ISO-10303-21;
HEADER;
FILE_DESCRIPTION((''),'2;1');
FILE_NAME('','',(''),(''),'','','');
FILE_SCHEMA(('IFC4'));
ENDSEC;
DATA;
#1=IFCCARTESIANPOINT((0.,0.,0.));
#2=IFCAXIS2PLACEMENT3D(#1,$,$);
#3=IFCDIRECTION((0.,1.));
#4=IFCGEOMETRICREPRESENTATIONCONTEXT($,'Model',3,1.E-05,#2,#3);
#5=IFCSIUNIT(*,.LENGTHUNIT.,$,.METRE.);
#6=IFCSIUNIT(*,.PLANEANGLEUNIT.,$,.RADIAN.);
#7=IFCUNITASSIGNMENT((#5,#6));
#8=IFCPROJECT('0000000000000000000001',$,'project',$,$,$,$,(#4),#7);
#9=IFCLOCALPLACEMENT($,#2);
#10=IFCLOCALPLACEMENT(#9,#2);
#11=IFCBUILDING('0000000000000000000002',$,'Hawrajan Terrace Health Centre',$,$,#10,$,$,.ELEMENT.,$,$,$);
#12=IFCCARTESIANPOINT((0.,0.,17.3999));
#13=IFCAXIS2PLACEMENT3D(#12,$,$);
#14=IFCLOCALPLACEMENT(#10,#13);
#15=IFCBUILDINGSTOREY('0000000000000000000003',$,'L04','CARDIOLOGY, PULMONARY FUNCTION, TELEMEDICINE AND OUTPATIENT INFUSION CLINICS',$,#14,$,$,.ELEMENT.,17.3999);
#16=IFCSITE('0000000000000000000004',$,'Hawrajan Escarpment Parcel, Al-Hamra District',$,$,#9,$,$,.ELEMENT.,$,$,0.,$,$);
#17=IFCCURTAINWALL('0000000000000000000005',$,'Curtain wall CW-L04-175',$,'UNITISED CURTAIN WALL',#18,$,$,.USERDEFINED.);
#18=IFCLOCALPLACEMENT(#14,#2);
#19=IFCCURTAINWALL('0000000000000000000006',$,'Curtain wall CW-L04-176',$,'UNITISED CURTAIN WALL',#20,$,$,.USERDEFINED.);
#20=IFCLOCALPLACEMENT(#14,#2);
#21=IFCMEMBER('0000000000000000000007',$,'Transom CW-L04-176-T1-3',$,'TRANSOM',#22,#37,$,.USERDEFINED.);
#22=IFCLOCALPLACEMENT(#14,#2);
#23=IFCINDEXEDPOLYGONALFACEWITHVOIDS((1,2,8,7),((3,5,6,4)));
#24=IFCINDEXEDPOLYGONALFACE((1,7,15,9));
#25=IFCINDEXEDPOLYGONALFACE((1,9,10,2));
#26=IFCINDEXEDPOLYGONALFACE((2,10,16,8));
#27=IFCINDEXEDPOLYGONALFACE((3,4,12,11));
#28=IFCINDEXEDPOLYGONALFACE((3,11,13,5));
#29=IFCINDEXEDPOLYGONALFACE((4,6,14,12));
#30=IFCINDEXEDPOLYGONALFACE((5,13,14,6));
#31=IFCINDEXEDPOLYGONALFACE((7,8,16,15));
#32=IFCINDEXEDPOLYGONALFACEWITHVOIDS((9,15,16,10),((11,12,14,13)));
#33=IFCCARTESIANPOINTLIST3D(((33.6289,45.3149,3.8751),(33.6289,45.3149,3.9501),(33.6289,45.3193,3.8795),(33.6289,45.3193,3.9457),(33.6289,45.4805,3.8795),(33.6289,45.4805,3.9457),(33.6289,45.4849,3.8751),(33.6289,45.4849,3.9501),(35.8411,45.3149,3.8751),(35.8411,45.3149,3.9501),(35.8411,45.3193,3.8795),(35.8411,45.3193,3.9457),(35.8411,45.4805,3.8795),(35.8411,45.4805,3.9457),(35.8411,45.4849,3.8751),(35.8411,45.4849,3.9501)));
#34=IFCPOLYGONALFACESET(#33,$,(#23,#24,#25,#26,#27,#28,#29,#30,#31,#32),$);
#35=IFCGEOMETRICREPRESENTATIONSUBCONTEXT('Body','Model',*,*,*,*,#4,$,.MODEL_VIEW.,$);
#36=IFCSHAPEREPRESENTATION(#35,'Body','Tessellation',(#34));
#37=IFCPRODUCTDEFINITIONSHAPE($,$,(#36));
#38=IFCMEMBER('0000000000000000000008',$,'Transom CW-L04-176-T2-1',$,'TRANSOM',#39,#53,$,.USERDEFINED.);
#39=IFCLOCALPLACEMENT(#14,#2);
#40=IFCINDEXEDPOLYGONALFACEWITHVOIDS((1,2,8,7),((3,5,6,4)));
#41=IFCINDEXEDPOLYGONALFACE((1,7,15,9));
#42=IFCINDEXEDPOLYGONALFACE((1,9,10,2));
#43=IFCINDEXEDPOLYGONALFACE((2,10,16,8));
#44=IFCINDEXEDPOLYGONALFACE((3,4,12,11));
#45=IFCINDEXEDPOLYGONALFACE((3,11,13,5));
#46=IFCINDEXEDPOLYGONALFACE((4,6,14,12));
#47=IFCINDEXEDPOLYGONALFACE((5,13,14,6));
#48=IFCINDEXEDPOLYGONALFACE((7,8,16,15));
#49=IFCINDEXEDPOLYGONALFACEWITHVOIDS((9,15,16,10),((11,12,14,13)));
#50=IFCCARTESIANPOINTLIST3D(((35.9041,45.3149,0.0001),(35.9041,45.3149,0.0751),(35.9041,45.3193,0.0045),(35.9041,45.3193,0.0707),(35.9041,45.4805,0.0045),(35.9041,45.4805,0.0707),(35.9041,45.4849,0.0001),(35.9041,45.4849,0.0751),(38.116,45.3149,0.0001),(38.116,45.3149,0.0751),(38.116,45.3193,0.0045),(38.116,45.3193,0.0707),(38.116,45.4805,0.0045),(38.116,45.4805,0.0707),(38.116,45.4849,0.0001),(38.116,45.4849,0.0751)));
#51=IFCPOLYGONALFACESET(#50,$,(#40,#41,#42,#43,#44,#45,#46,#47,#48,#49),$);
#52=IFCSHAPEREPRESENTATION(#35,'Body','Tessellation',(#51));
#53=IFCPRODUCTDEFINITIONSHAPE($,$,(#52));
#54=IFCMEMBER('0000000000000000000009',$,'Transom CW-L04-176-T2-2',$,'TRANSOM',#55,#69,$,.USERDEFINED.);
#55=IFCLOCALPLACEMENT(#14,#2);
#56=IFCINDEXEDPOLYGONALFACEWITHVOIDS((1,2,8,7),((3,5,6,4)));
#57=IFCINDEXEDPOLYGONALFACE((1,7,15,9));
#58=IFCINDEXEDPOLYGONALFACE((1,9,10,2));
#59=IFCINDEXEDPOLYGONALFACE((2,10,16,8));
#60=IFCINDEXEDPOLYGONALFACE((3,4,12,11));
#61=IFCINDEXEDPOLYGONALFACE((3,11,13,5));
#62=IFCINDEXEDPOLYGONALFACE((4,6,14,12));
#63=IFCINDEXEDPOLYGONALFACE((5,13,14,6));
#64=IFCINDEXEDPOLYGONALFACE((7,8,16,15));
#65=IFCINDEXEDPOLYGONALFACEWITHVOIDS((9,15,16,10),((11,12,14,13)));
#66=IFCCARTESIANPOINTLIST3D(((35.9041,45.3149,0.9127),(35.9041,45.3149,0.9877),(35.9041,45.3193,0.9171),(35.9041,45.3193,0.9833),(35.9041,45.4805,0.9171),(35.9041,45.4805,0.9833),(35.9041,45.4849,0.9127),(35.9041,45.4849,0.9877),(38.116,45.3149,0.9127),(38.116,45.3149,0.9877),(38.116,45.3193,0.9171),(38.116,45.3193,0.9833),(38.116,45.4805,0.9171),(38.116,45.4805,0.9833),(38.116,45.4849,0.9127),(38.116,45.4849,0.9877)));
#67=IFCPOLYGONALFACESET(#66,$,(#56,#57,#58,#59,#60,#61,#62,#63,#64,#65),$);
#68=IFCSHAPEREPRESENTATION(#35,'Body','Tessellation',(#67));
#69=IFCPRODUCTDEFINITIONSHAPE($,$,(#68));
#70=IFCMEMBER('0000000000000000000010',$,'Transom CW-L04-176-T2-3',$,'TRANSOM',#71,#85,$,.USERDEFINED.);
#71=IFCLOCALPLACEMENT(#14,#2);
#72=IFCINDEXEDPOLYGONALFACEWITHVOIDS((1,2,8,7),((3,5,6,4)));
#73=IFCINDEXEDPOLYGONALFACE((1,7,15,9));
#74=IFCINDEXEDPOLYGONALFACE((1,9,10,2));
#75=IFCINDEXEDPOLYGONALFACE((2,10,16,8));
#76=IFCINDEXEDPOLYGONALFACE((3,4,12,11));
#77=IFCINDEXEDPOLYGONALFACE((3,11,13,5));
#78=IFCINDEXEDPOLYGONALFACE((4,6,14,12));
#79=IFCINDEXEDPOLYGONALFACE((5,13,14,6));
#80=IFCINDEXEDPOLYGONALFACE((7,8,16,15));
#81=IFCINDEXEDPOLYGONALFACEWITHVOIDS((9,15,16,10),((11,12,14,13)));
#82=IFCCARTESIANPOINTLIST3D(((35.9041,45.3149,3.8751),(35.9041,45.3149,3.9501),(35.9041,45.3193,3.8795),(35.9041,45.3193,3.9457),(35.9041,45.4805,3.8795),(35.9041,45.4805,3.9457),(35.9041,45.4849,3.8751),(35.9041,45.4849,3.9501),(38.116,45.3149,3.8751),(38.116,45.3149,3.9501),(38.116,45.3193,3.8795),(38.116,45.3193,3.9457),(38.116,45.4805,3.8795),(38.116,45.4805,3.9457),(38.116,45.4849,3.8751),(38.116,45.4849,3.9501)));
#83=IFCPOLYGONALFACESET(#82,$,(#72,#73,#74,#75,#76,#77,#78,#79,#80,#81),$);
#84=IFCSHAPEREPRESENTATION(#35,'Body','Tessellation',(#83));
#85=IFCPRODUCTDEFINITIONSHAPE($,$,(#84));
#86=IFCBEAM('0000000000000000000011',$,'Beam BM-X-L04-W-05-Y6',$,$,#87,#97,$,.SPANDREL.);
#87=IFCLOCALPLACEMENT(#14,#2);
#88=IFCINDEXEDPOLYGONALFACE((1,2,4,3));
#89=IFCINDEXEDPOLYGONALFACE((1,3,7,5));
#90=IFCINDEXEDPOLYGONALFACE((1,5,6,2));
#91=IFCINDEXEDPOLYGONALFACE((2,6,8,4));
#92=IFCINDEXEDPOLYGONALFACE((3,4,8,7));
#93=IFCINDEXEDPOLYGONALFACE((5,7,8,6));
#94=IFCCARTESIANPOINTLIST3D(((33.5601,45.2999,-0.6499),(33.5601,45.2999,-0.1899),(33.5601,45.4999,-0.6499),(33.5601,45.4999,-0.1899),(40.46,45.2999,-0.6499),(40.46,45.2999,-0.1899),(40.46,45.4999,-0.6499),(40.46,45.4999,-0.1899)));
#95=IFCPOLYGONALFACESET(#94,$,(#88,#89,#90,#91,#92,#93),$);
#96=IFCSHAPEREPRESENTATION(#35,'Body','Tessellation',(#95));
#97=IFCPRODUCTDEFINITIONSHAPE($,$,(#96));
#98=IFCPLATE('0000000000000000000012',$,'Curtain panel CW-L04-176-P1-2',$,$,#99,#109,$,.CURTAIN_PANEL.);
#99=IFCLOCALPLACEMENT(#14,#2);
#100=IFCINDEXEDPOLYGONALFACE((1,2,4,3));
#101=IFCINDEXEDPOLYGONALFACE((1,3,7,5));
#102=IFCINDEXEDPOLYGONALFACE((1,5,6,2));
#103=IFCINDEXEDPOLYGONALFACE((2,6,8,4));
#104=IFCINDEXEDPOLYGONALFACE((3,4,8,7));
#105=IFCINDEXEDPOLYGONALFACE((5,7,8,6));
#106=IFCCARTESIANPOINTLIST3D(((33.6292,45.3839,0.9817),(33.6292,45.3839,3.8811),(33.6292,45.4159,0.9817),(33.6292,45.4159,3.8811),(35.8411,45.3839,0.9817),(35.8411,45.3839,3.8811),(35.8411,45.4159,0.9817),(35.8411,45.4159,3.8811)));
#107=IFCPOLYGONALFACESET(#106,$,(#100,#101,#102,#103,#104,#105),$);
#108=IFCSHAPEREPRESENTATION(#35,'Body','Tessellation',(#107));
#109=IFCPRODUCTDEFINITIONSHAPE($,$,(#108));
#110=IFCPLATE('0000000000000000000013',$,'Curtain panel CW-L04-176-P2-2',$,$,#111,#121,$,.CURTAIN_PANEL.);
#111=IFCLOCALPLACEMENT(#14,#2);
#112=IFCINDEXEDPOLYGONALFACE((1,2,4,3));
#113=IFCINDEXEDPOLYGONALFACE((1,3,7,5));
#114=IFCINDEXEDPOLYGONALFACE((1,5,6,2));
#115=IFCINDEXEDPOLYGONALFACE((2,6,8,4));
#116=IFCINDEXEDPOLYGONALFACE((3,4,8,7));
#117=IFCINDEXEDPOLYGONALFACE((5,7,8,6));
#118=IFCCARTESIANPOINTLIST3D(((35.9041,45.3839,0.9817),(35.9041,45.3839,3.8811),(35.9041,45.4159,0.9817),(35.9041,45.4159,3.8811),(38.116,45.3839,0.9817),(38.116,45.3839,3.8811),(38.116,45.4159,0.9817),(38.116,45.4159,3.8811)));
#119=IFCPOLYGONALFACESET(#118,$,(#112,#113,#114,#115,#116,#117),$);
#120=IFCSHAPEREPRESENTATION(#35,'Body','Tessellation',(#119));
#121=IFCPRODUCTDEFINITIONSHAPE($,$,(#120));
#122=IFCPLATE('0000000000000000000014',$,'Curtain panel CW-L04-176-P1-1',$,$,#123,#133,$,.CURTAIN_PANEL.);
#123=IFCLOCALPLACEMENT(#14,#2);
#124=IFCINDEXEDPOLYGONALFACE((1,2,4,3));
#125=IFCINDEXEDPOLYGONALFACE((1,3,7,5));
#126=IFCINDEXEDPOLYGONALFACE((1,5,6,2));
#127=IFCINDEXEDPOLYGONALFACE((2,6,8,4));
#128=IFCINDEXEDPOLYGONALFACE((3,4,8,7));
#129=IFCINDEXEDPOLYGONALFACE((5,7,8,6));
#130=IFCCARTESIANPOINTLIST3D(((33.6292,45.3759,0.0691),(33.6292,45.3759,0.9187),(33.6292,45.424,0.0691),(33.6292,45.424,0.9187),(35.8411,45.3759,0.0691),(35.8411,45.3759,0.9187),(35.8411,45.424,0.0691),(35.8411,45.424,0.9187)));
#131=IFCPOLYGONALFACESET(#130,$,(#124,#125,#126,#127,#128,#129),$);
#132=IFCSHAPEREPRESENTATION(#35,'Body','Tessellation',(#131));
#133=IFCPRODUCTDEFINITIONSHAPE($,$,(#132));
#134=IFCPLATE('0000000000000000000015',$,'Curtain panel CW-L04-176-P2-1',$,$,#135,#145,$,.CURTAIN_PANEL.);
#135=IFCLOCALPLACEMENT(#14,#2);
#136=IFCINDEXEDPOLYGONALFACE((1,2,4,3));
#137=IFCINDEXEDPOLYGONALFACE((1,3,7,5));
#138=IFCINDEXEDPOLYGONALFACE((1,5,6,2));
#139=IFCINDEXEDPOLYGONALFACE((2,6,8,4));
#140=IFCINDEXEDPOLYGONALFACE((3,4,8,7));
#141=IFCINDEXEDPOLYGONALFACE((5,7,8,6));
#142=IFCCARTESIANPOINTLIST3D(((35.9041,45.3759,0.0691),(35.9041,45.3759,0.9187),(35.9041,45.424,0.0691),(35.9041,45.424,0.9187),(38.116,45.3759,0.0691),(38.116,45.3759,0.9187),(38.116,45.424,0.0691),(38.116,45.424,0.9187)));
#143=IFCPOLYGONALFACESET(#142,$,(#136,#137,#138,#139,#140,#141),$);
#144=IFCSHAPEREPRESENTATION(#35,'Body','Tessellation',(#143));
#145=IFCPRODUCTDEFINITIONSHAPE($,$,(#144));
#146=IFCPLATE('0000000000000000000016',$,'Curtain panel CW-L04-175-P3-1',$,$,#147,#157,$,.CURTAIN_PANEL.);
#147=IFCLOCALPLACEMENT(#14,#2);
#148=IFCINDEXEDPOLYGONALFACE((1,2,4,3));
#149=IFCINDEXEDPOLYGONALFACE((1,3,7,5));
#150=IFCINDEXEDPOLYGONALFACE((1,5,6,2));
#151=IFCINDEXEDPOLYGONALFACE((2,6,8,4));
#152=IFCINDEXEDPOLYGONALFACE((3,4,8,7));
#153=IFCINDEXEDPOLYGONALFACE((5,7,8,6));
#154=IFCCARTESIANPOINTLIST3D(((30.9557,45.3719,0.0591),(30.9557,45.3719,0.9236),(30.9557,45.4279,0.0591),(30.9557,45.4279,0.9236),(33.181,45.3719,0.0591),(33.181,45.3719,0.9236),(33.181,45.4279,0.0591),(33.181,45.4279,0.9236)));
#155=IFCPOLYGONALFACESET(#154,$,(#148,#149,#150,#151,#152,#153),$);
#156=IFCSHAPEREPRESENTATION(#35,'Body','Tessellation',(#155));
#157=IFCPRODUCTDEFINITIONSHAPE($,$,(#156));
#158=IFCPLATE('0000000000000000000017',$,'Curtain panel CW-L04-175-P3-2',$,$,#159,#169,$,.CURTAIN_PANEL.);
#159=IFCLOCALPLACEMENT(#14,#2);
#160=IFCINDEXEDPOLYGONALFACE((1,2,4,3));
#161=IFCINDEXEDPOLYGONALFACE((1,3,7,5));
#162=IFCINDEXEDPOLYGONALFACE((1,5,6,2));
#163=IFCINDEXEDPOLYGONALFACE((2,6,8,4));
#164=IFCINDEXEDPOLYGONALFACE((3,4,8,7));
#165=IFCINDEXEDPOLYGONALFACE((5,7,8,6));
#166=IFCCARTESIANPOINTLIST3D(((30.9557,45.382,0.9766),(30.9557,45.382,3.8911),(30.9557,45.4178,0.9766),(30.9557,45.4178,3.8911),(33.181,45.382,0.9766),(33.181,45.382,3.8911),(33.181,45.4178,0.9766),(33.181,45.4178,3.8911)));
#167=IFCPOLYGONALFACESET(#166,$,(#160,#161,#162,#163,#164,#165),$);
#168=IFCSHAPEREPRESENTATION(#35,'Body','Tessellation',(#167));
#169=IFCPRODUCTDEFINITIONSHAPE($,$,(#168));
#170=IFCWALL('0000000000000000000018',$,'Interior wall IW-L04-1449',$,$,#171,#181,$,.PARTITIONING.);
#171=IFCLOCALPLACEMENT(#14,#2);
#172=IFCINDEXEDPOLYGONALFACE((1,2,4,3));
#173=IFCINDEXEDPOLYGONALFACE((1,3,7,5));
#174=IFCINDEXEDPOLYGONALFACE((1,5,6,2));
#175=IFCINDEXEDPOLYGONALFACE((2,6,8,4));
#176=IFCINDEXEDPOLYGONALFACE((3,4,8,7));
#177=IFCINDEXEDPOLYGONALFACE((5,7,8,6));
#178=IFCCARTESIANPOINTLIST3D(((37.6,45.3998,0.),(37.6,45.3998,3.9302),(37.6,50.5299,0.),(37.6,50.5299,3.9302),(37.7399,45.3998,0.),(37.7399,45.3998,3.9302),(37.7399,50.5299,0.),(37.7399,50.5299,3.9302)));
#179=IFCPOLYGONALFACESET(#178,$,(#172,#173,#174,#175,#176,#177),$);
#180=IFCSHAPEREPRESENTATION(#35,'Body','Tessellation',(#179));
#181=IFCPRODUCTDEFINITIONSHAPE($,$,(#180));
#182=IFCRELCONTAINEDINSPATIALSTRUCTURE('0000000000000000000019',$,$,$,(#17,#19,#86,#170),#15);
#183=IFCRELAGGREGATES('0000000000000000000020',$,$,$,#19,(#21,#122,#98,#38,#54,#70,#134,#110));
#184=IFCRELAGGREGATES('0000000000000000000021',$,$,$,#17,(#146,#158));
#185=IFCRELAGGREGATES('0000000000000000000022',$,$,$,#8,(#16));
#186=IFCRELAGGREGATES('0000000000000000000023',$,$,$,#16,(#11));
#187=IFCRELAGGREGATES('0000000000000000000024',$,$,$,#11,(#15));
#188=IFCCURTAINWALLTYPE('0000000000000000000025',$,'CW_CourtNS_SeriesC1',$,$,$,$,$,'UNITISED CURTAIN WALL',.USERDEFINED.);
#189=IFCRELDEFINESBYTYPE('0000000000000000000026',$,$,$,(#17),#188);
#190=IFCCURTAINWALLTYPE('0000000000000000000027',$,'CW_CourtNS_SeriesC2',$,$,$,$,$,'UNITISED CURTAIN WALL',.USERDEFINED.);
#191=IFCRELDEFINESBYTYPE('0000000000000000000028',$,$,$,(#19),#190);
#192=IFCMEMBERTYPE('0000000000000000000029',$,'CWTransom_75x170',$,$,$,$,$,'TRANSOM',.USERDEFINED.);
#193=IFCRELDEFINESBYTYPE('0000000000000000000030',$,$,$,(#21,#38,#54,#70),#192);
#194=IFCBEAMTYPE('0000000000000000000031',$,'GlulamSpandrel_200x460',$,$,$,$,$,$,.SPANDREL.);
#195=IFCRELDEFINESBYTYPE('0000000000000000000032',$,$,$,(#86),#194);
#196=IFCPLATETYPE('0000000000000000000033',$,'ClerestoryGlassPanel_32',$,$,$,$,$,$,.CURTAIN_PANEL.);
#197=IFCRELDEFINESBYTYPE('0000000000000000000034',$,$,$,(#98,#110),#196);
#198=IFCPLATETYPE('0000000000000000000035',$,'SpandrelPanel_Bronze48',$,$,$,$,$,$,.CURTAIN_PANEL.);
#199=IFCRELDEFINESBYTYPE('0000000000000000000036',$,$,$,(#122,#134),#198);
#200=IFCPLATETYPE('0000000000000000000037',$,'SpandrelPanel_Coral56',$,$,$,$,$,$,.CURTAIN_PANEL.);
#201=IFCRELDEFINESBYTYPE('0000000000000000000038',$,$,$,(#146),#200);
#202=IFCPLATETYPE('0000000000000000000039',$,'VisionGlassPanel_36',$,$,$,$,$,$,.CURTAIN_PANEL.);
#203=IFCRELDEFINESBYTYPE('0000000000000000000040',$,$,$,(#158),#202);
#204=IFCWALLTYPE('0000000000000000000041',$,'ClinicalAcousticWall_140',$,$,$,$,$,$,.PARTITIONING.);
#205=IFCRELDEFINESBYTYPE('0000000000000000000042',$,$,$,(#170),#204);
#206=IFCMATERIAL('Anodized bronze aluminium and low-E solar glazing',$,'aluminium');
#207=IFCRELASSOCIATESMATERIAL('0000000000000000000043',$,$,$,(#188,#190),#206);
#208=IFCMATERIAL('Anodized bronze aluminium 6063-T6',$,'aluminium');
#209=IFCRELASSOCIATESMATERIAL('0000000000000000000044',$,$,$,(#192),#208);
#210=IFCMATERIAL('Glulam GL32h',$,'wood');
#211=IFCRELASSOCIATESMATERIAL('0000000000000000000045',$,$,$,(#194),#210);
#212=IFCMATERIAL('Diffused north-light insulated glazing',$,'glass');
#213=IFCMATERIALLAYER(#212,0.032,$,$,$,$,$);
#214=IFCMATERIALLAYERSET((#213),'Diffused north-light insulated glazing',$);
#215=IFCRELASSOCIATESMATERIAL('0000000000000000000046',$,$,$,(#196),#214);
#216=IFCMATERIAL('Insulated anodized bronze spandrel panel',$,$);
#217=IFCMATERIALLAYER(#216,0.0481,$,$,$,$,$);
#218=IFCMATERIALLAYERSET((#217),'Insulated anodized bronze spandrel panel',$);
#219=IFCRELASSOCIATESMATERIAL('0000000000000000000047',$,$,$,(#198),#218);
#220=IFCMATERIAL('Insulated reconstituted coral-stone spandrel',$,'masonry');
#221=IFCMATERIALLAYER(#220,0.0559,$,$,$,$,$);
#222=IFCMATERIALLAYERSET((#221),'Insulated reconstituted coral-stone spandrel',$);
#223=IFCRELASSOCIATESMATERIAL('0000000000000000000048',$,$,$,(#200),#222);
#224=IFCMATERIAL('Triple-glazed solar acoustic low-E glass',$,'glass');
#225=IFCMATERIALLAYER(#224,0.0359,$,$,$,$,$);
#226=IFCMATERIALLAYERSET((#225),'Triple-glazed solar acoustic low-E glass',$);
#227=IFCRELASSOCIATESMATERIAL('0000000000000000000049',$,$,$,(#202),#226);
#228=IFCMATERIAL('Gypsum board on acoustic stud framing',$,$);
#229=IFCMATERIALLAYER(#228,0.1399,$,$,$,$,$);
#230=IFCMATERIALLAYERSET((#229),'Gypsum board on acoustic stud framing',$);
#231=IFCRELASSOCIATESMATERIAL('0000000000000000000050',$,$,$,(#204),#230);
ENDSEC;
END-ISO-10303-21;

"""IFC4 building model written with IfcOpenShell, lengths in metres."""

from ifc_helpers import new_model, si_unit, direction, frame, frame_2d, origin, origin_2d, place, context, subcontext, project, spatial, rectangle, hollow_rectangle, extrude, material, layer, layer_set, material_profile, profile_set, type_object, element, aggregate, save


model = new_model("IFC4")

# Units and contexts
model_context = context("Model", 3, precision=1e-05, world=origin(), true_north=direction((0.0, 1.0)))
body_context = subcontext(model_context, "Body", "Model", "MODEL_VIEW")
ifc_project = project(units=[si_unit("LENGTHUNIT", "METRE"), si_unit("PLANEANGLEUNIT", "RADIAN")], contexts=[model_context])

# Site, building, storey
site_placement = place(None, origin())
site = spatial("IfcSite", under=ifc_project, at=site_placement, Name="Hawrajan Escarpment Parcel, Al-Hamra District", CompositionType="ELEMENT", RefElevation=0.0)
building_placement = place(site_placement, origin())
building = spatial("IfcBuilding", under=site, at=building_placement, Name="Hawrajan Terrace Health Centre", CompositionType="ELEMENT")
storey_placement = place(building_placement, frame((0.0, 0.0, 17.3999)))
storey = spatial("IfcBuildingStorey", under=building, at=storey_placement, Name="L04", Description="CARDIOLOGY, PULMONARY FUNCTION, TELEMEDICINE AND OUTPATIENT INFUSION CLINICS", CompositionType="ELEMENT", Elevation=17.3999)

# Shared definitions
ifc_material_1 = material(Name="Glulam GL32h", Category="wood")

# Curtain wall
ifc_material_2 = material(Name="Anodized bronze aluminium and low-E solar glazing", Category="aluminium")
curtain_wall_type_1 = type_object("IfcCurtainWallType", Name="CW_CourtNS_SeriesC1", ElementType="UNITISED CURTAIN WALL", PredefinedType="USERDEFINED", material=ifc_material_2)
curtain_wall_1_placement = place(storey_placement, origin())
curtain_wall_1 = element("IfcCurtainWall", 1, at=curtain_wall_1_placement, inside=storey, type_object=curtain_wall_type_1, Name="Curtain wall CW-L04-175", ObjectType="UNITISED CURTAIN WALL", PredefinedType="USERDEFINED")
ifc_material_3 = material(Name="Anodized bronze aluminium 6063-T6", Category="aluminium")

# Curtain wall
curtain_wall_type_2 = type_object("IfcCurtainWallType", Name="CW_CourtNS_SeriesC2", ElementType="UNITISED CURTAIN WALL", PredefinedType="USERDEFINED", material=ifc_material_2)
curtain_wall_2_placement = place(storey_placement, origin())
curtain_wall_2 = element("IfcCurtainWall", 2, at=curtain_wall_2_placement, inside=storey, type_object=curtain_wall_type_2, Name="Curtain wall CW-L04-176", ObjectType="UNITISED CURTAIN WALL", PredefinedType="USERDEFINED")

# Members
ifc_material_profile_1 = material_profile(ifc_material_3, hollow_rectangle(XDim=0.075, YDim=0.1699, WallThickness=0.0044, at=origin_2d()), Name="CW TRN 75x170")
ifc_profile_set_1 = profile_set([ifc_material_profile_1], Name="Anodized bronze aluminium 6063-T6")
member_type_1 = type_object("IfcMemberType", Name="CWTransom_75x170", ElementType="TRANSOM", PredefinedType="USERDEFINED", material=ifc_profile_set_1)
member_1_placement = place(storey_placement, frame((33.6289, 45.3999, 3.9126), z_axis=(1.0, 0.0, 0.0), x_axis=(0.0, 0.0, 1.0)))
member_1 = element("IfcMember", 3, at=member_1_placement, type_object=member_type_1, Name="Transom CW-L04-176-T1-3", ObjectType="TRANSOM", PredefinedType="USERDEFINED", context=body_context, shape_type="SweptSolid", body=[
    extrude(hollow_rectangle(XDim=0.075, YDim=0.1699, WallThickness=0.0044, at=origin_2d()), origin(), (0.0, 0.0, 1.0), 2.2122),
])
member_2_placement = place(storey_placement, frame((35.9041, 45.3999, 0.0376), z_axis=(1.0, 0.0, 0.0), x_axis=(0.0, 0.0, 1.0)))
member_2 = element("IfcMember", 4, at=member_2_placement, type_object=member_type_1, Name="Transom CW-L04-176-T2-1", ObjectType="TRANSOM", PredefinedType="USERDEFINED", context=body_context, shape_type="SweptSolid", body=[
    extrude(hollow_rectangle(XDim=0.075, YDim=0.1699, WallThickness=0.0044, at=origin_2d()), origin(), (0.0, 0.0, 1.0), 2.2119),
])
member_3_placement = place(storey_placement, frame((35.9041, 45.3999, 0.9502), z_axis=(1.0, 0.0, 0.0), x_axis=(0.0, 0.0, 1.0)))
member_3 = element("IfcMember", 5, at=member_3_placement, type_object=member_type_1, Name="Transom CW-L04-176-T2-2", ObjectType="TRANSOM", PredefinedType="USERDEFINED", context=body_context, shape_type="SweptSolid", body=[
    extrude(hollow_rectangle(XDim=0.075, YDim=0.1699, WallThickness=0.0044, at=origin_2d()), origin(), (0.0, 0.0, 1.0), 2.2119),
])
member_4_placement = place(storey_placement, frame((35.9041, 45.3999, 3.9126), z_axis=(1.0, 0.0, 0.0), x_axis=(0.0, 0.0, 1.0)))
member_4 = element("IfcMember", 6, at=member_4_placement, type_object=member_type_1, Name="Transom CW-L04-176-T2-3", ObjectType="TRANSOM", PredefinedType="USERDEFINED", context=body_context, shape_type="SweptSolid", body=[
    extrude(hollow_rectangle(XDim=0.075, YDim=0.1699, WallThickness=0.0044, at=origin_2d()), origin(), (0.0, 0.0, 1.0), 2.2119),
])

# Beam
ifc_material_profile_2 = material_profile(ifc_material_1, rectangle(XDim=0.2, YDim=0.46, at=origin_2d()), Name="GL SP 200x460")
ifc_profile_set_2 = profile_set([ifc_material_profile_2], Name="Glulam GL32h")
beam_type = type_object("IfcBeamType", Name="GlulamSpandrel_200x460", PredefinedType="SPANDREL", material=ifc_profile_set_2)
beam_placement = place(storey_placement, frame((33.5601, 45.3999, -0.4199), z_axis=(1.0, 0.0, 0.0), x_axis=(0.0, 1.0, 0.0)))
element("IfcBeam", 7, at=beam_placement, inside=storey, type_object=beam_type, Name="Beam BM-X-L04-W-05-Y6", PredefinedType="SPANDREL", context=body_context, shape_type="SweptSolid", body=[
    extrude(rectangle(XDim=0.2, YDim=0.46, at=origin_2d()), origin(), (0.0, 0.0, 1.0), 6.8999),
])

# Plates
ifc_material_4 = material(Name="Diffused north-light insulated glazing", Category="glass")
ifc_layer_1 = layer(ifc_material_4, 0.032)
ifc_layer_set_1 = layer_set([ifc_layer_1], Name="Diffused north-light insulated glazing")
plate_type_1 = type_object("IfcPlateType", Name="ClerestoryGlassPanel_32", PredefinedType="CURTAIN_PANEL", material=ifc_layer_set_1)
plate_1_placement = place(storey_placement, frame((34.7351, 45.3999, 0.9817), z_axis=(0.0, 0.0, 1.0), x_axis=(1.0, 0.0, 0.0)))
plate_1 = element("IfcPlate", 8, at=plate_1_placement, type_object=plate_type_1, Name="Curtain panel CW-L04-176-P1-2", PredefinedType="CURTAIN_PANEL", context=body_context, shape_type="SweptSolid", body=[
    extrude(rectangle(XDim=2.2119, YDim=0.032, at=origin_2d()), origin(), (0.0, 0.0, 1.0), 2.8994),
])
plate_2_placement = place(storey_placement, frame((37.01, 45.3999, 0.9817), z_axis=(0.0, 0.0, 1.0), x_axis=(1.0, 0.0, 0.0)))
plate_2 = element("IfcPlate", 9, at=plate_2_placement, type_object=plate_type_1, Name="Curtain panel CW-L04-176-P2-2", PredefinedType="CURTAIN_PANEL", context=body_context, shape_type="SweptSolid", body=[
    extrude(rectangle(XDim=2.2119, YDim=0.032, at=origin_2d()), origin(), (0.0, 0.0, 1.0), 2.8994),
])
ifc_material_5 = material(Name="Insulated anodized bronze spandrel panel")
ifc_layer_2 = layer(ifc_material_5, 0.0481)
ifc_layer_set_2 = layer_set([ifc_layer_2], Name="Insulated anodized bronze spandrel panel")
plate_type_2 = type_object("IfcPlateType", Name="SpandrelPanel_Bronze48", PredefinedType="CURTAIN_PANEL", material=ifc_layer_set_2)
plate_3_placement = place(storey_placement, frame((34.7351, 45.3999, 0.0691), z_axis=(0.0, 0.0, 1.0), x_axis=(1.0, 0.0, 0.0)))
plate_3 = element("IfcPlate", 10, at=plate_3_placement, type_object=plate_type_2, Name="Curtain panel CW-L04-176-P1-1", PredefinedType="CURTAIN_PANEL", context=body_context, shape_type="SweptSolid", body=[
    extrude(rectangle(XDim=2.2119, YDim=0.0481, at=origin_2d()), origin(), (0.0, 0.0, 1.0), 0.8496),
])
plate_4_placement = place(storey_placement, frame((37.01, 45.3999, 0.0691), z_axis=(0.0, 0.0, 1.0), x_axis=(1.0, 0.0, 0.0)))
plate_4 = element("IfcPlate", 11, at=plate_4_placement, type_object=plate_type_2, Name="Curtain panel CW-L04-176-P2-1", PredefinedType="CURTAIN_PANEL", context=body_context, shape_type="SweptSolid", body=[
    extrude(rectangle(XDim=2.2119, YDim=0.0481, at=origin_2d()), origin(), (0.0, 0.0, 1.0), 0.8496),
])
aggregate(curtain_wall_2, [member_1, plate_3, plate_1, member_2, member_3, member_4, plate_4, plate_2])
ifc_material_6 = material(Name="Insulated reconstituted coral-stone spandrel", Category="masonry")
ifc_layer_3 = layer(ifc_material_6, 0.0559)
ifc_layer_set_3 = layer_set([ifc_layer_3], Name="Insulated reconstituted coral-stone spandrel")
plate_type_3 = type_object("IfcPlateType", Name="SpandrelPanel_Coral56", PredefinedType="CURTAIN_PANEL", material=ifc_layer_set_3)
plate_5_placement = place(storey_placement, frame((32.0684, 45.3999, 0.0591), z_axis=(0.0, 0.0, 1.0), x_axis=(1.0, 0.0, 0.0)))
plate_5 = element("IfcPlate", 12, at=plate_5_placement, type_object=plate_type_3, Name="Curtain panel CW-L04-175-P3-1", PredefinedType="CURTAIN_PANEL", context=body_context, shape_type="SweptSolid", body=[
    extrude(rectangle(XDim=2.2253, YDim=0.0559, at=origin_2d()), origin(), (0.0, 0.0, 1.0), 0.8645),
])
ifc_material_7 = material(Name="Triple-glazed solar acoustic low-E glass", Category="glass")
ifc_layer_4 = layer(ifc_material_7, 0.0359)
ifc_layer_set_4 = layer_set([ifc_layer_4], Name="Triple-glazed solar acoustic low-E glass")
plate_type_4 = type_object("IfcPlateType", Name="VisionGlassPanel_36", PredefinedType="CURTAIN_PANEL", material=ifc_layer_set_4)
plate_6_placement = place(storey_placement, frame((32.0684, 45.3999, 0.9766), z_axis=(0.0, 0.0, 1.0), x_axis=(1.0, 0.0, 0.0)))
plate_6 = element("IfcPlate", 13, at=plate_6_placement, type_object=plate_type_4, Name="Curtain panel CW-L04-175-P3-2", PredefinedType="CURTAIN_PANEL", context=body_context, shape_type="SweptSolid", body=[
    extrude(rectangle(XDim=2.2253, YDim=0.0359, at=origin_2d()), origin(), (0.0, 0.0, 1.0), 2.9146),
])
aggregate(curtain_wall_1, [plate_5, plate_6])

# Wall
ifc_material_8 = material(Name="Gypsum board on acoustic stud framing")
ifc_layer_5 = layer(ifc_material_8, 0.1399)
ifc_layer_set_5 = layer_set([ifc_layer_5], Name="Gypsum board on acoustic stud framing")
wall_type = type_object("IfcWallType", Name="ClinicalAcousticWall_140", PredefinedType="PARTITIONING", material=ifc_layer_set_5)
wall_placement = place(storey_placement, frame((37.6699, 45.3999, 0.0), z_axis=(0.0, 0.0, 1.0), x_axis=(0.0, 1.0, 0.0)))
element("IfcWall", 14, at=wall_placement, inside=storey, type_object=wall_type, Name="Interior wall IW-L04-1449", PredefinedType="PARTITIONING", context=body_context, shape_type="SweptSolid", body=[
    extrude(rectangle(XDim=5.1301, YDim=0.1399, at=frame_2d((2.5649, 0.0))), origin(), (0.0, 0.0, 1.0), 3.9302),
])

save(model, "model.ifc")
